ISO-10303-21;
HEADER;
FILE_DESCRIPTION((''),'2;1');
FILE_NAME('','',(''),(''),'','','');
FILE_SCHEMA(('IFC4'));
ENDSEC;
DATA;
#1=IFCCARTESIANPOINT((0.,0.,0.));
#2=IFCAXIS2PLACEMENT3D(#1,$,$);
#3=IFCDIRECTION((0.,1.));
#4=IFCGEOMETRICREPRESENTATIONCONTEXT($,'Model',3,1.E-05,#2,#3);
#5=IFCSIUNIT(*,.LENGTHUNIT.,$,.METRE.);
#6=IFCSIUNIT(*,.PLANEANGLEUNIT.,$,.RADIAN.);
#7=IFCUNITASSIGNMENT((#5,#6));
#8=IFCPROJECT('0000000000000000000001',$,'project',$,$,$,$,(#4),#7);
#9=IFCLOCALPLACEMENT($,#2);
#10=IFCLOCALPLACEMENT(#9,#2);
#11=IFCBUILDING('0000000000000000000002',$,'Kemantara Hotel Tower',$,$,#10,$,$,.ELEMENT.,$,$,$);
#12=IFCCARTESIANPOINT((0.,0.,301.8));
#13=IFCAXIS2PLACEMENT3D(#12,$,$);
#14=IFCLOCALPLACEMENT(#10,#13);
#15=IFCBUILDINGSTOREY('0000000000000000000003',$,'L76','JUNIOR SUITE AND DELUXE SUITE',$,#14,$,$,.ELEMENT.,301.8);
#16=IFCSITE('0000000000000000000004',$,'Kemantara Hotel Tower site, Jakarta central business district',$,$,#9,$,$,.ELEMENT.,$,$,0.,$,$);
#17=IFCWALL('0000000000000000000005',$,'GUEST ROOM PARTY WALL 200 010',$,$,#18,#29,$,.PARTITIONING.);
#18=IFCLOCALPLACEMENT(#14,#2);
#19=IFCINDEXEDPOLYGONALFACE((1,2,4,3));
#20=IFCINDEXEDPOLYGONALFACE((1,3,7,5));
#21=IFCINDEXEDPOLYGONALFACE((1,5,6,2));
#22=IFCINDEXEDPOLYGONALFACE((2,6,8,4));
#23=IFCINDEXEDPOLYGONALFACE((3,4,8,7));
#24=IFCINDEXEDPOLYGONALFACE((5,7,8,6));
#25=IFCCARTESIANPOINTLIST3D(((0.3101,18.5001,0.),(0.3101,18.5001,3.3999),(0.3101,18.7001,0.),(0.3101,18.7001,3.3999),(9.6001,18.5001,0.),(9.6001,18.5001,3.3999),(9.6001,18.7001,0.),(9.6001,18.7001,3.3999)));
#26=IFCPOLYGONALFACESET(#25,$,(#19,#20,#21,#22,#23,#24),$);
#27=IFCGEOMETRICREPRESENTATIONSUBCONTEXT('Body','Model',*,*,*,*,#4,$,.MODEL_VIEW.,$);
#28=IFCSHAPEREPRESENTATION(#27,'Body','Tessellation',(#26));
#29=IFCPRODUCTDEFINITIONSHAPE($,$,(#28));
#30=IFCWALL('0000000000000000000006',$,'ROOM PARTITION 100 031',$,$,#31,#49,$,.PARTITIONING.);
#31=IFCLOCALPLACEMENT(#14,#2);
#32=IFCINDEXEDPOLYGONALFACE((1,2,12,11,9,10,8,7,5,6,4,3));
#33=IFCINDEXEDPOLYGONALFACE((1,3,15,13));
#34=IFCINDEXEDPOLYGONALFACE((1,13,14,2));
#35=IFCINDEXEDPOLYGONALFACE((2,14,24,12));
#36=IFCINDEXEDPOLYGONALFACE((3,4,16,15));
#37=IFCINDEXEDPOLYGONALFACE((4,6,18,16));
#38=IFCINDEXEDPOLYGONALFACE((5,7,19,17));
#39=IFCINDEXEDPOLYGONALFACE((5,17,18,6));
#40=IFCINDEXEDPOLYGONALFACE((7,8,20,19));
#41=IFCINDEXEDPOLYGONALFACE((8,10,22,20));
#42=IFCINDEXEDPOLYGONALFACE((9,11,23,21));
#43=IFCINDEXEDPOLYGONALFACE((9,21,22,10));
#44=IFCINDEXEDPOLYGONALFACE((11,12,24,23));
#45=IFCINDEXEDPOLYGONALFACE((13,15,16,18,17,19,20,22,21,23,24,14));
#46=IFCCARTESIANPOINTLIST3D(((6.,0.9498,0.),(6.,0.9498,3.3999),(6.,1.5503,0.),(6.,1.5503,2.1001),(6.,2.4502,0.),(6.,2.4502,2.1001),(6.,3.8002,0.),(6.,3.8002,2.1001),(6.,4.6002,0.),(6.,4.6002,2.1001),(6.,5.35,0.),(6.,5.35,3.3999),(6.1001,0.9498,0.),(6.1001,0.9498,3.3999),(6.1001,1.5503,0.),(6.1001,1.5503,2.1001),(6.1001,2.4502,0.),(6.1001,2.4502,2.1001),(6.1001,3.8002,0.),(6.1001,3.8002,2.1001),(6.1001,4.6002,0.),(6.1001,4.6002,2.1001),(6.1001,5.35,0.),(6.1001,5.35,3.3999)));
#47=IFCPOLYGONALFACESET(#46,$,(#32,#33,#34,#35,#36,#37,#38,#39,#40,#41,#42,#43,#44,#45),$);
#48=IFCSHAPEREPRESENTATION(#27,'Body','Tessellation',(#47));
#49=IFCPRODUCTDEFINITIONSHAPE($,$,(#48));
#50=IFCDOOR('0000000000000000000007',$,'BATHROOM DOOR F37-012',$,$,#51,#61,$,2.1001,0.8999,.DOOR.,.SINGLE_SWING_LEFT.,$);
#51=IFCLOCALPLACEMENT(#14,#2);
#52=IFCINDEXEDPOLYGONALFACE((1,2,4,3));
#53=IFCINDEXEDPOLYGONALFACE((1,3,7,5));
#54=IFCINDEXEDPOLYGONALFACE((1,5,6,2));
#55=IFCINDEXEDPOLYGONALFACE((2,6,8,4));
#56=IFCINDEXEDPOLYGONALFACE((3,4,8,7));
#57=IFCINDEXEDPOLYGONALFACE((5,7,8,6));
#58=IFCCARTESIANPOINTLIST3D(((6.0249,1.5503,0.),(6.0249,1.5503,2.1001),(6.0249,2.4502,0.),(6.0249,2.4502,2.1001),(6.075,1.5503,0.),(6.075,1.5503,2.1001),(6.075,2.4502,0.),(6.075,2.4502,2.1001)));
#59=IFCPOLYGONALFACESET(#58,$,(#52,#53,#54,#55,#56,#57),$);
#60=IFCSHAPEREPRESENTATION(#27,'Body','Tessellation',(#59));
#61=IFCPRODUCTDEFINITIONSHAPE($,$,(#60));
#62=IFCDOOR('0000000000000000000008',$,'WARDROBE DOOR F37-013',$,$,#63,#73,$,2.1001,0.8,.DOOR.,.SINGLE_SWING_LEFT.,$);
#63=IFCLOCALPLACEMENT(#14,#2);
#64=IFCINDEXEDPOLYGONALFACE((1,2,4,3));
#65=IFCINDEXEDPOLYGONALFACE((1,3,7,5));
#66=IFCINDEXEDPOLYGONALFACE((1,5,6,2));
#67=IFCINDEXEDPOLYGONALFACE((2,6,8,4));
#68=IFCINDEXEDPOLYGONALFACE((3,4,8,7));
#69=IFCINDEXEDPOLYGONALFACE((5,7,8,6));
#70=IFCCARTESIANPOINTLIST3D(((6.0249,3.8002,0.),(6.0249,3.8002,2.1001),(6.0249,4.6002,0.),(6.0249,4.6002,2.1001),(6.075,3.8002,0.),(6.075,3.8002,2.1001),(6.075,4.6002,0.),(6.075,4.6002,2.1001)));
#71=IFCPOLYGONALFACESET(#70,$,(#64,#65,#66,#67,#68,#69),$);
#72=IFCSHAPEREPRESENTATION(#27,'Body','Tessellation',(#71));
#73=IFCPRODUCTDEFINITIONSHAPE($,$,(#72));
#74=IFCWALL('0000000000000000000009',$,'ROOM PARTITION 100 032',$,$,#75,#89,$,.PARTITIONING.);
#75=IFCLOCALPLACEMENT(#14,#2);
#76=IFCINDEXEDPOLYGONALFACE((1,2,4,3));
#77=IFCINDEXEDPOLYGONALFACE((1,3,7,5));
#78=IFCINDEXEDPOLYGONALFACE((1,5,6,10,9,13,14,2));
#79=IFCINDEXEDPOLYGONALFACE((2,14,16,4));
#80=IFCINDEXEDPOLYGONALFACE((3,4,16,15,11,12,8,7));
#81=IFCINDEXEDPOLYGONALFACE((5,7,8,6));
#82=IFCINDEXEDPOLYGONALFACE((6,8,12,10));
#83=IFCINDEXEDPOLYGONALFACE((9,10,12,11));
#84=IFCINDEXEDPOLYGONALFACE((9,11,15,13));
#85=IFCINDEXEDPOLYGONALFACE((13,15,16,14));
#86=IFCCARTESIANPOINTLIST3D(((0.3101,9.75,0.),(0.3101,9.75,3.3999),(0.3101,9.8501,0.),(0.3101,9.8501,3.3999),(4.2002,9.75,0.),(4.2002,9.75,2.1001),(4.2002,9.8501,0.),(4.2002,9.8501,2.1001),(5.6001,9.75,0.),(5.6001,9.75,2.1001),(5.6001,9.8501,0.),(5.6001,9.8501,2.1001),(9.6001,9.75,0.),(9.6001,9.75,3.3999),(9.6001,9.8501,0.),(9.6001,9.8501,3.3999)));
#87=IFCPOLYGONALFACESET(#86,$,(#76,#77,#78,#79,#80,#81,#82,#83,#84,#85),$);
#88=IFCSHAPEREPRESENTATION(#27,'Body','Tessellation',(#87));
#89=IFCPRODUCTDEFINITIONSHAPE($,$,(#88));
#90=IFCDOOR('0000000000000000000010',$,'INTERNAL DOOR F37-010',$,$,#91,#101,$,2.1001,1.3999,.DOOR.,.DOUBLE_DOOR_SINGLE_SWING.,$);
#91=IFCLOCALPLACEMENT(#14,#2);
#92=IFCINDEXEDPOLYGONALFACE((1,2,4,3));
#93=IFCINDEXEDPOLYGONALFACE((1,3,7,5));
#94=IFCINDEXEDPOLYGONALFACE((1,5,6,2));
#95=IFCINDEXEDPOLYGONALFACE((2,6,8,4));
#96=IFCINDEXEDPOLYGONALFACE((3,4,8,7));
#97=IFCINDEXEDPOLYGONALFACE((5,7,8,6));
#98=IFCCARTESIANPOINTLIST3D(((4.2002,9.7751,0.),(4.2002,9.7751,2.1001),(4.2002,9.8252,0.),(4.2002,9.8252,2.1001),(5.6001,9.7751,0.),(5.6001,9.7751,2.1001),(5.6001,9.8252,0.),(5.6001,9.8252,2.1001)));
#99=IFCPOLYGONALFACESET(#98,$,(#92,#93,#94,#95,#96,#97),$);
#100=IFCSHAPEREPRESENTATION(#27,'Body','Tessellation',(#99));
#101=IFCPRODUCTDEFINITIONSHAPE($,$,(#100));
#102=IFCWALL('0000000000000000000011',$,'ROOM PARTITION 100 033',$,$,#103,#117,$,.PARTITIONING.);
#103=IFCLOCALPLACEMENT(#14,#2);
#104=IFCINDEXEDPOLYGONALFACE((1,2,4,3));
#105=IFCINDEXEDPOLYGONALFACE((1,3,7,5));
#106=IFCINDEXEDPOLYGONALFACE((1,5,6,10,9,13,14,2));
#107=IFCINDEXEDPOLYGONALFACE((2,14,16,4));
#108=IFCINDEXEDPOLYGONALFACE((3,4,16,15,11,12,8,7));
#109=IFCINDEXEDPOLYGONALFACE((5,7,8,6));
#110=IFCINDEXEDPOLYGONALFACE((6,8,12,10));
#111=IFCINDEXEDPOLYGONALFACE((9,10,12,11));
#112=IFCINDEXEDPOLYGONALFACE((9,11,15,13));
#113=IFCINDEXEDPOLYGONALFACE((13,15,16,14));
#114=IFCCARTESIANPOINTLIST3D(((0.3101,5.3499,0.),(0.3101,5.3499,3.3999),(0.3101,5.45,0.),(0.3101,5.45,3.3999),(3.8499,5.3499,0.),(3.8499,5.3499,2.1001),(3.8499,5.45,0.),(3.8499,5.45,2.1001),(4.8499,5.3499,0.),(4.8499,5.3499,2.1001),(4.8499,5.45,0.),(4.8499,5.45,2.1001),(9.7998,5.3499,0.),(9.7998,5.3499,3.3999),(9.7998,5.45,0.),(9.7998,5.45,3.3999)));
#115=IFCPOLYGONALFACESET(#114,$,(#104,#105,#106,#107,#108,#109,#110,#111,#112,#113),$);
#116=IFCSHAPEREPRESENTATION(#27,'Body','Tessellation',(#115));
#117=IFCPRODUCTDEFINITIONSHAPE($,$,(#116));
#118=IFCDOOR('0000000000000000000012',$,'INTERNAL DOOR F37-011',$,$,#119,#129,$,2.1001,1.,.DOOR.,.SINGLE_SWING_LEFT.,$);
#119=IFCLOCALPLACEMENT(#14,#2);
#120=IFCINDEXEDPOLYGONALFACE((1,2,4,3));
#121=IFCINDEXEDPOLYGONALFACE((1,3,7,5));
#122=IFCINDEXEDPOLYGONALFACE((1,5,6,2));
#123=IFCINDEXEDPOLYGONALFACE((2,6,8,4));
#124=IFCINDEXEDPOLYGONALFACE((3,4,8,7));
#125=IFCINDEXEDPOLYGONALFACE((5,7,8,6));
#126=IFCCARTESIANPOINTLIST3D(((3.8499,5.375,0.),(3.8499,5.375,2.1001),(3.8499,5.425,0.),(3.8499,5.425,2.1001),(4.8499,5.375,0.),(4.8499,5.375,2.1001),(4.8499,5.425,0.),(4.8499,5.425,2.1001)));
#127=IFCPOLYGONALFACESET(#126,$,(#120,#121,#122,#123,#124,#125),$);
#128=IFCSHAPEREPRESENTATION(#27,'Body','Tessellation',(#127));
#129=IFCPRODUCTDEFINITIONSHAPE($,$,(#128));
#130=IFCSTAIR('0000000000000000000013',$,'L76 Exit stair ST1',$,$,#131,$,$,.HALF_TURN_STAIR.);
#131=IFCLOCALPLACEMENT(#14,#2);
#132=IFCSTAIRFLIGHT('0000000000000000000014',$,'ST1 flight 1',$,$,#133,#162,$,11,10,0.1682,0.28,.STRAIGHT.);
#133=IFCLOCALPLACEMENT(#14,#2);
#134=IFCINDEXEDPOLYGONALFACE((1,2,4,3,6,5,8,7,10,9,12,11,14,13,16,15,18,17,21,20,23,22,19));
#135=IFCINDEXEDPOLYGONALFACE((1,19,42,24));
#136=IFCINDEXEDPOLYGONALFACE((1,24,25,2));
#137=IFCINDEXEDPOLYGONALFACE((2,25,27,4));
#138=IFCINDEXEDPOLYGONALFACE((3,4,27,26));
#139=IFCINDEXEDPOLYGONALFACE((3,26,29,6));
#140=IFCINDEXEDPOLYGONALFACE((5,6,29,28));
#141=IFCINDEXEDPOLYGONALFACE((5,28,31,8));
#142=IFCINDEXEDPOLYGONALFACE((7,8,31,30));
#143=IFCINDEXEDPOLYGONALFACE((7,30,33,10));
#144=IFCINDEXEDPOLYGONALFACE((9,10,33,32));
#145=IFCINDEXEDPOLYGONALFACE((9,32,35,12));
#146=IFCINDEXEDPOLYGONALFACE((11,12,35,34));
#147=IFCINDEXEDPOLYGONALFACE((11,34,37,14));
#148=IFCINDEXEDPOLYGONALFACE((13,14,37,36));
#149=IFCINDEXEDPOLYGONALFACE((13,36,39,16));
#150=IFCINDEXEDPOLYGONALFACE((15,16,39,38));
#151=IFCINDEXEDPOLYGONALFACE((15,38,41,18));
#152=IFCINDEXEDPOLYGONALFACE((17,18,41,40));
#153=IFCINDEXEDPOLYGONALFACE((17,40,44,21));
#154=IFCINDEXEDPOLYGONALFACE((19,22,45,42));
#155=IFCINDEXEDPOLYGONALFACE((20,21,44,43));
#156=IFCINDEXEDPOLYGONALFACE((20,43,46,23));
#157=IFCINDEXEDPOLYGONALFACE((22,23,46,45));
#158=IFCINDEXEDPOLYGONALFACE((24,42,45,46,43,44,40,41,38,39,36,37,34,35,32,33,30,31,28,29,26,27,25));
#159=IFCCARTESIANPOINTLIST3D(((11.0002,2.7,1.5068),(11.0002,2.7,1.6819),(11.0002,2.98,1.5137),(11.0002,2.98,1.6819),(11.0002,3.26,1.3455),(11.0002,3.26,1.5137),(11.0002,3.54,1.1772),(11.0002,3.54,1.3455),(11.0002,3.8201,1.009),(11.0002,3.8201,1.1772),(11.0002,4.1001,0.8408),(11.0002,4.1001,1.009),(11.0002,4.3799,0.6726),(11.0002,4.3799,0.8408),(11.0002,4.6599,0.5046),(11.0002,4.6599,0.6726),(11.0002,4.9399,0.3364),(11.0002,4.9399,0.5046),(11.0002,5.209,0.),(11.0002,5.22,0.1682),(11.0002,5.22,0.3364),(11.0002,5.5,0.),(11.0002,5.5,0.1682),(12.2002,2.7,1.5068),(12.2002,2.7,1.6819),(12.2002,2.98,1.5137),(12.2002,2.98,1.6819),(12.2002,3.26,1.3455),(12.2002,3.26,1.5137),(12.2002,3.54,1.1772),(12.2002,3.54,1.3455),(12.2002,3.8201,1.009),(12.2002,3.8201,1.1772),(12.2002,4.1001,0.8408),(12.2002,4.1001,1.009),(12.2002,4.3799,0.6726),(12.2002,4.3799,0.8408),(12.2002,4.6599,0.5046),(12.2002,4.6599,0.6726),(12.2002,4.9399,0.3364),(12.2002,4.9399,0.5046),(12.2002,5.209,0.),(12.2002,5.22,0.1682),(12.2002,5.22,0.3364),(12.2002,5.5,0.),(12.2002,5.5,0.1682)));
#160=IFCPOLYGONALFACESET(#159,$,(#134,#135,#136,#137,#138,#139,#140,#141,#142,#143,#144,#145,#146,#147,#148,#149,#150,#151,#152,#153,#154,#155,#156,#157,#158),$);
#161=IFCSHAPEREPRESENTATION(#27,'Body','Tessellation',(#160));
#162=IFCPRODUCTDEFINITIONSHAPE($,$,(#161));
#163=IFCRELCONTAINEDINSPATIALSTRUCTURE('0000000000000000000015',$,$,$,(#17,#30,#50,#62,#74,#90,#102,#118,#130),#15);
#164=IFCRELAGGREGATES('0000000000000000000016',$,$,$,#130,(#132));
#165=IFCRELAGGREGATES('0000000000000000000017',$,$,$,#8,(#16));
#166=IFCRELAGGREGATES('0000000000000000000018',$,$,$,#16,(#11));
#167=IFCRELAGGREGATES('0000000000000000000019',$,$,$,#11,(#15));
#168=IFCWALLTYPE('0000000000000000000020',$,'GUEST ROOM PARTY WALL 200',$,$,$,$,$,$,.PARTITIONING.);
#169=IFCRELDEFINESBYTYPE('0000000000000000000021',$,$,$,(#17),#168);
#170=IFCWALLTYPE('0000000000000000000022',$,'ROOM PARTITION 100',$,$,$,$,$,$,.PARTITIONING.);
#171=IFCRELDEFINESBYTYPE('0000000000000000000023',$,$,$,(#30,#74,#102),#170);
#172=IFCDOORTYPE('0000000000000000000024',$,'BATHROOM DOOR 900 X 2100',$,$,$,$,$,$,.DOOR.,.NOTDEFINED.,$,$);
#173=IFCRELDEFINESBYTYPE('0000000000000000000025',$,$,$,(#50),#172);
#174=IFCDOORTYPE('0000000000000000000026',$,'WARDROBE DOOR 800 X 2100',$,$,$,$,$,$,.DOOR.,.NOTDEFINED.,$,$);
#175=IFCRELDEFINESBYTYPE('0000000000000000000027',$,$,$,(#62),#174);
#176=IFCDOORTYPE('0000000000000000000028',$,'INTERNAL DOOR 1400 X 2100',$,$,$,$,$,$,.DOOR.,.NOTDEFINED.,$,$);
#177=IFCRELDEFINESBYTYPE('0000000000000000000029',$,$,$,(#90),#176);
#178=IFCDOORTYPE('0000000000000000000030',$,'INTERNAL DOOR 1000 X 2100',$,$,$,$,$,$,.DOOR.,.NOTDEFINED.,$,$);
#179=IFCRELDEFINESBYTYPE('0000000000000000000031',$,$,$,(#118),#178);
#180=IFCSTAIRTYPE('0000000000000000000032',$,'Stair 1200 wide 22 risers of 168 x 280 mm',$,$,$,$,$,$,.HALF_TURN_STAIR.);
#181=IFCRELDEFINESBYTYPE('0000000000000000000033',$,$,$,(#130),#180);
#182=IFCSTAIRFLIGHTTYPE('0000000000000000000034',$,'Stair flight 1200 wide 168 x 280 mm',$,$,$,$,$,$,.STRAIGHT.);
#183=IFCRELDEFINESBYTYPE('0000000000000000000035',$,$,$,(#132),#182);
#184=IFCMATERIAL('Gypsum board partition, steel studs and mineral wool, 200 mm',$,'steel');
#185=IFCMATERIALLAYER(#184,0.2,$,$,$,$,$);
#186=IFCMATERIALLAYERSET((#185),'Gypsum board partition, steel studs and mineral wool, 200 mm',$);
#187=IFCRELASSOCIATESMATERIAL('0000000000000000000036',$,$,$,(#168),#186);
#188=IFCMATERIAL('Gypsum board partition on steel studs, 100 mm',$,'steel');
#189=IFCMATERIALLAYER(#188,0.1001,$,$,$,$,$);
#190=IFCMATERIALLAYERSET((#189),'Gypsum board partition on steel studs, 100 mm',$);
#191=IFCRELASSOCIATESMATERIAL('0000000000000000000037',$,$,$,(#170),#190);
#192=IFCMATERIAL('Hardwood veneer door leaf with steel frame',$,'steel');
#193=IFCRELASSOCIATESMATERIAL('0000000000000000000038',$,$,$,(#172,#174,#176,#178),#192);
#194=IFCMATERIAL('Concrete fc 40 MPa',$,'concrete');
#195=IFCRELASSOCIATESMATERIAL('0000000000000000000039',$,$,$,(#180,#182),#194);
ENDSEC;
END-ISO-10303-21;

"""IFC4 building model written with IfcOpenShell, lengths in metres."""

from ifc_helpers import new_model, si_unit, direction, frame, frame_2d, origin, place, context, subcontext, project, spatial, polyline, rectangle, outline, extrude, material, layer, layer_set, type_object, element, fill, aggregate, save


model = new_model("IFC4")

# Units and contexts
model_context = context("Model", 3, precision=1e-05, world=origin(), true_north=direction((0.0, 1.0)))
body_context = subcontext(model_context, "Body", "Model", "MODEL_VIEW")
ifc_project = project(units=[si_unit("LENGTHUNIT", "METRE"), si_unit("PLANEANGLEUNIT", "RADIAN")], contexts=[model_context])

# Site, building, storey
site_placement = place(None, origin())
site = spatial("IfcSite", under=ifc_project, at=site_placement, Name="Kemantara Hotel Tower site, Jakarta central business district", CompositionType="ELEMENT", RefElevation=0.0)
building_placement = place(site_placement, origin())
building = spatial("IfcBuilding", under=site, at=building_placement, Name="Kemantara Hotel Tower", CompositionType="ELEMENT")
storey_placement = place(building_placement, frame((0.0, 0.0, 301.8)))
storey = spatial("IfcBuildingStorey", under=building, at=storey_placement, Name="L76", Description="JUNIOR SUITE AND DELUXE SUITE", CompositionType="ELEMENT", Elevation=301.8)

# Shared definitions
ifc_material_1 = material(Name="Gypsum board partition, steel studs and mineral wool, 200 mm", Category="steel")
ifc_material_2 = material(Name="Hardwood veneer door leaf with steel frame", Category="steel")

# Wall
ifc_layer_1 = layer(ifc_material_1, 0.2)
ifc_layer_set_1 = layer_set([ifc_layer_1], Name="Gypsum board partition, steel studs and mineral wool, 200 mm")
wall_type_1 = type_object("IfcWallType", Name="GUEST ROOM PARTY WALL 200", PredefinedType="PARTITIONING", material=ifc_layer_set_1)
wall_1_placement = place(storey_placement, frame((0.3101, 18.6001, 0.0), z_axis=(0.0, 0.0, 1.0), x_axis=(1.0, 0.0, 0.0)))
element("IfcWall", 1, at=wall_1_placement, inside=storey, type_object=wall_type_1, Name="GUEST ROOM PARTY WALL 200 010", PredefinedType="PARTITIONING", context=body_context, shape_type="SweptSolid", body=[
    extrude(rectangle(XDim=9.29, YDim=0.2, at=frame_2d((4.645, 0.0))), origin(), (0.0, 0.0, 1.0), 3.3999),
])

# Wall, openings, doors
ifc_material_3 = material(Name="Gypsum board partition on steel studs, 100 mm", Category="steel")
ifc_layer_2 = layer(ifc_material_3, 0.1001)
ifc_layer_set_2 = layer_set([ifc_layer_2], Name="Gypsum board partition on steel studs, 100 mm")
wall_type_2 = type_object("IfcWallType", Name="ROOM PARTITION 100", PredefinedType="PARTITIONING", material=ifc_layer_set_2)
wall_2_placement = place(storey_placement, frame((6.05, 5.3501, 0.0), z_axis=(0.0, 0.0, 1.0), x_axis=(0.0, -1.0, 0.0)))
wall_2 = element("IfcWall", 2, at=wall_2_placement, inside=storey, type_object=wall_type_2, Name="ROOM PARTITION 100 031", PredefinedType="PARTITIONING", context=body_context, shape_type="SweptSolid", body=[
    extrude(rectangle(XDim=4.4001, YDim=0.1001, at=frame_2d((2.2002, 0.0))), origin(), (0.0, 0.0, 1.0), 3.3999),
])
opening_1_placement = place(wall_2_placement, frame((2.8999, 0.0, 0.0)))
opening_1 = element("IfcOpeningElement", 3, at=opening_1_placement, cuts=wall_2, PredefinedType="OPENING", context=body_context, shape_type="SweptSolid", body=[
    extrude(rectangle(XDim=0.8999, YDim=2.1001, at=frame_2d((0.45, 1.05))), frame((0.0, 0.0601, 0.0), z_axis=(0.0, -1.0, 0.0), x_axis=(1.0, 0.0, 0.0)), (0.0, 0.0, 1.0), 0.1201),
])
opening_2_placement = place(wall_2_placement, frame((0.75, 0.0, 0.0)))
opening_2 = element("IfcOpeningElement", 4, at=opening_2_placement, cuts=wall_2, PredefinedType="OPENING", context=body_context, shape_type="SweptSolid", body=[
    extrude(rectangle(XDim=0.8, YDim=2.1001, at=frame_2d((0.3999, 1.05))), frame((0.0, 0.0601, 0.0), z_axis=(0.0, -1.0, 0.0), x_axis=(1.0, 0.0, 0.0)), (0.0, 0.0, 1.0), 0.1201),
])
door_type_1 = type_object("IfcDoorType", Name="BATHROOM DOOR 900 X 2100", OperationType="NOTDEFINED", PredefinedType="DOOR", material=ifc_material_2)
door_1_placement = place(opening_1_placement, origin())
door_1 = element("IfcDoor", 5, at=door_1_placement, inside=storey, type_object=door_type_1, Name="BATHROOM DOOR F37-012", OperationType="SINGLE_SWING_LEFT", OverallHeight=2.1001, OverallWidth=0.8999, PredefinedType="DOOR", context=body_context, shape_type="SweptSolid", body=[
    extrude(rectangle(XDim=0.8999, YDim=2.1001, at=frame_2d((0.45, 1.05))), frame((0.0, 0.0249, 0.0), z_axis=(0.0, -1.0, 0.0), x_axis=(1.0, 0.0, 0.0)), (0.0, 0.0, 1.0), 0.05),
])
fill(opening_1, door_1)
door_type_2 = type_object("IfcDoorType", Name="WARDROBE DOOR 800 X 2100", OperationType="NOTDEFINED", PredefinedType="DOOR", material=ifc_material_2)
door_2_placement = place(opening_2_placement, origin())
door_2 = element("IfcDoor", 6, at=door_2_placement, inside=storey, type_object=door_type_2, Name="WARDROBE DOOR F37-013", OperationType="SINGLE_SWING_LEFT", OverallHeight=2.1001, OverallWidth=0.8, PredefinedType="DOOR", context=body_context, shape_type="SweptSolid", body=[
    extrude(rectangle(XDim=0.8, YDim=2.1001, at=frame_2d((0.3999, 1.05))), frame((0.0, 0.0249, 0.0), z_axis=(0.0, -1.0, 0.0), x_axis=(1.0, 0.0, 0.0)), (0.0, 0.0, 1.0), 0.05),
])
fill(opening_2, door_2)

# Walls, openings, doors
wall_3_placement = place(storey_placement, frame((9.6001, 9.8, 0.0), z_axis=(0.0, 0.0, 1.0), x_axis=(-1.0, 0.0, 0.0)))
wall_3 = element("IfcWall", 7, at=wall_3_placement, inside=storey, type_object=wall_type_2, Name="ROOM PARTITION 100 032", PredefinedType="PARTITIONING", context=body_context, shape_type="SweptSolid", body=[
    extrude(rectangle(XDim=9.29, YDim=0.1001, at=frame_2d((4.645, 0.0))), origin(), (0.0, 0.0, 1.0), 3.3999),
])
opening_3_placement = place(wall_3_placement, frame((4.0, 0.0, 0.0)))
opening_3 = element("IfcOpeningElement", 8, at=opening_3_placement, cuts=wall_3, PredefinedType="OPENING", context=body_context, shape_type="SweptSolid", body=[
    extrude(rectangle(XDim=1.3999, YDim=2.1001, at=frame_2d((0.7, 1.05))), frame((0.0, 0.0601, 0.0), z_axis=(0.0, -1.0, 0.0), x_axis=(1.0, 0.0, 0.0)), (0.0, 0.0, 1.0), 0.1201),
])
door_type_3 = type_object("IfcDoorType", Name="INTERNAL DOOR 1400 X 2100", OperationType="NOTDEFINED", PredefinedType="DOOR", material=ifc_material_2)
door_3_placement = place(opening_3_placement, origin())
door_3 = element("IfcDoor", 9, at=door_3_placement, inside=storey, type_object=door_type_3, Name="INTERNAL DOOR F37-010", OperationType="DOUBLE_DOOR_SINGLE_SWING", OverallHeight=2.1001, OverallWidth=1.3999, PredefinedType="DOOR", context=body_context, shape_type="SweptSolid", body=[
    extrude(rectangle(XDim=1.3999, YDim=2.1001, at=frame_2d((0.7, 1.05))), frame((0.0, 0.0249, 0.0), z_axis=(0.0, -1.0, 0.0), x_axis=(1.0, 0.0, 0.0)), (0.0, 0.0, 1.0), 0.05),
])
fill(opening_3, door_3)
wall_4_placement = place(storey_placement, frame((9.7998, 5.3999, 0.0), z_axis=(0.0, 0.0, 1.0), x_axis=(-1.0, 0.0, 0.0)))
wall_4 = element("IfcWall", 10, at=wall_4_placement, inside=storey, type_object=wall_type_2, Name="ROOM PARTITION 100 033", PredefinedType="PARTITIONING", context=body_context, shape_type="SweptSolid", body=[
    extrude(rectangle(XDim=9.4897, YDim=0.1001, at=frame_2d((4.7449, 0.0))), origin(), (0.0, 0.0, 1.0), 3.3999),
])
opening_4_placement = place(wall_4_placement, frame((4.95, 0.0, 0.0)))
opening_4 = element("IfcOpeningElement", 11, at=opening_4_placement, cuts=wall_4, PredefinedType="OPENING", context=body_context, shape_type="SweptSolid", body=[
    extrude(rectangle(XDim=1.0, YDim=2.1001, at=frame_2d((0.5, 1.05))), frame((0.0, 0.0601, 0.0), z_axis=(0.0, -1.0, 0.0), x_axis=(1.0, 0.0, 0.0)), (0.0, 0.0, 1.0), 0.1201),
])
door_type_4 = type_object("IfcDoorType", Name="INTERNAL DOOR 1000 X 2100", OperationType="NOTDEFINED", PredefinedType="DOOR", material=ifc_material_2)
door_4_placement = place(opening_4_placement, origin())
door_4 = element("IfcDoor", 12, at=door_4_placement, inside=storey, type_object=door_type_4, Name="INTERNAL DOOR F37-011", OperationType="SINGLE_SWING_LEFT", OverallHeight=2.1001, OverallWidth=1.0, PredefinedType="DOOR", context=body_context, shape_type="SweptSolid", body=[
    extrude(rectangle(XDim=1.0, YDim=2.1001, at=frame_2d((0.5, 1.05))), frame((0.0, 0.0249, 0.0), z_axis=(0.0, -1.0, 0.0), x_axis=(1.0, 0.0, 0.0)), (0.0, 0.0, 1.0), 0.05),
])
fill(opening_4, door_4)

# Stair, stair flight
ifc_material_4 = material(Name="Concrete fc 40 MPa", Category="concrete")
stair_type = type_object("IfcStairType", Name="Stair 1200 wide 22 risers of 168 x 280 mm", PredefinedType="HALF_TURN_STAIR", material=ifc_material_4)
stair_placement = place(storey_placement, origin())
stair = element("IfcStair", 13, at=stair_placement, inside=storey, type_object=stair_type, Name="L76 Exit stair ST1", PredefinedType="HALF_TURN_STAIR")
stair_flight_type = type_object("IfcStairFlightType", Name="Stair flight 1200 wide 168 x 280 mm", PredefinedType="STRAIGHT", material=ifc_material_4)
stair_flight_placement = place(storey_placement, frame((11.6001, 5.5, 0.0), z_axis=(0.0, 0.0, 1.0), x_axis=(0.0, -1.0, 0.0)))
stair_flight = element("IfcStairFlight", 14, at=stair_flight_placement, type_object=stair_flight_type, Name="ST1 flight 1", NumberOfRisers=11, NumberOfTreads=10, PredefinedType="STRAIGHT", RiserHeight=0.1682, TreadLength=0.28, context=body_context, shape_type="SweptSolid", body=[
    extrude(outline(polyline([(0.0, 0.0), (0.0, 0.1682), (0.28, 0.1682), (0.28, 0.3364), (0.5601, 0.3364), (0.5601, 0.5046), (0.8401, 0.5046), (0.8401, 0.6726), (1.1201, 0.6726), (1.1201, 0.8408), (1.3999, 0.8408), (1.3999, 1.009), (1.6799, 1.009), (1.6799, 1.1772), (1.96, 1.1772), (1.96, 1.3455), (2.24, 1.3455), (2.24, 1.5137), (2.52, 1.5137), (2.52, 1.6819), (2.8, 1.6819), (2.8, 1.8501), (2.8, 1.5068), (0.291, 0.0), (0.0, 0.0)])), frame((0.0, 0.6001, 0.0), z_axis=(0.0, -1.0, 0.0), x_axis=(1.0, 0.0, 0.0)), (0.0, 0.0, 1.0), 1.2),
])
aggregate(stair, [stair_flight])

save(model, "model.ifc")
